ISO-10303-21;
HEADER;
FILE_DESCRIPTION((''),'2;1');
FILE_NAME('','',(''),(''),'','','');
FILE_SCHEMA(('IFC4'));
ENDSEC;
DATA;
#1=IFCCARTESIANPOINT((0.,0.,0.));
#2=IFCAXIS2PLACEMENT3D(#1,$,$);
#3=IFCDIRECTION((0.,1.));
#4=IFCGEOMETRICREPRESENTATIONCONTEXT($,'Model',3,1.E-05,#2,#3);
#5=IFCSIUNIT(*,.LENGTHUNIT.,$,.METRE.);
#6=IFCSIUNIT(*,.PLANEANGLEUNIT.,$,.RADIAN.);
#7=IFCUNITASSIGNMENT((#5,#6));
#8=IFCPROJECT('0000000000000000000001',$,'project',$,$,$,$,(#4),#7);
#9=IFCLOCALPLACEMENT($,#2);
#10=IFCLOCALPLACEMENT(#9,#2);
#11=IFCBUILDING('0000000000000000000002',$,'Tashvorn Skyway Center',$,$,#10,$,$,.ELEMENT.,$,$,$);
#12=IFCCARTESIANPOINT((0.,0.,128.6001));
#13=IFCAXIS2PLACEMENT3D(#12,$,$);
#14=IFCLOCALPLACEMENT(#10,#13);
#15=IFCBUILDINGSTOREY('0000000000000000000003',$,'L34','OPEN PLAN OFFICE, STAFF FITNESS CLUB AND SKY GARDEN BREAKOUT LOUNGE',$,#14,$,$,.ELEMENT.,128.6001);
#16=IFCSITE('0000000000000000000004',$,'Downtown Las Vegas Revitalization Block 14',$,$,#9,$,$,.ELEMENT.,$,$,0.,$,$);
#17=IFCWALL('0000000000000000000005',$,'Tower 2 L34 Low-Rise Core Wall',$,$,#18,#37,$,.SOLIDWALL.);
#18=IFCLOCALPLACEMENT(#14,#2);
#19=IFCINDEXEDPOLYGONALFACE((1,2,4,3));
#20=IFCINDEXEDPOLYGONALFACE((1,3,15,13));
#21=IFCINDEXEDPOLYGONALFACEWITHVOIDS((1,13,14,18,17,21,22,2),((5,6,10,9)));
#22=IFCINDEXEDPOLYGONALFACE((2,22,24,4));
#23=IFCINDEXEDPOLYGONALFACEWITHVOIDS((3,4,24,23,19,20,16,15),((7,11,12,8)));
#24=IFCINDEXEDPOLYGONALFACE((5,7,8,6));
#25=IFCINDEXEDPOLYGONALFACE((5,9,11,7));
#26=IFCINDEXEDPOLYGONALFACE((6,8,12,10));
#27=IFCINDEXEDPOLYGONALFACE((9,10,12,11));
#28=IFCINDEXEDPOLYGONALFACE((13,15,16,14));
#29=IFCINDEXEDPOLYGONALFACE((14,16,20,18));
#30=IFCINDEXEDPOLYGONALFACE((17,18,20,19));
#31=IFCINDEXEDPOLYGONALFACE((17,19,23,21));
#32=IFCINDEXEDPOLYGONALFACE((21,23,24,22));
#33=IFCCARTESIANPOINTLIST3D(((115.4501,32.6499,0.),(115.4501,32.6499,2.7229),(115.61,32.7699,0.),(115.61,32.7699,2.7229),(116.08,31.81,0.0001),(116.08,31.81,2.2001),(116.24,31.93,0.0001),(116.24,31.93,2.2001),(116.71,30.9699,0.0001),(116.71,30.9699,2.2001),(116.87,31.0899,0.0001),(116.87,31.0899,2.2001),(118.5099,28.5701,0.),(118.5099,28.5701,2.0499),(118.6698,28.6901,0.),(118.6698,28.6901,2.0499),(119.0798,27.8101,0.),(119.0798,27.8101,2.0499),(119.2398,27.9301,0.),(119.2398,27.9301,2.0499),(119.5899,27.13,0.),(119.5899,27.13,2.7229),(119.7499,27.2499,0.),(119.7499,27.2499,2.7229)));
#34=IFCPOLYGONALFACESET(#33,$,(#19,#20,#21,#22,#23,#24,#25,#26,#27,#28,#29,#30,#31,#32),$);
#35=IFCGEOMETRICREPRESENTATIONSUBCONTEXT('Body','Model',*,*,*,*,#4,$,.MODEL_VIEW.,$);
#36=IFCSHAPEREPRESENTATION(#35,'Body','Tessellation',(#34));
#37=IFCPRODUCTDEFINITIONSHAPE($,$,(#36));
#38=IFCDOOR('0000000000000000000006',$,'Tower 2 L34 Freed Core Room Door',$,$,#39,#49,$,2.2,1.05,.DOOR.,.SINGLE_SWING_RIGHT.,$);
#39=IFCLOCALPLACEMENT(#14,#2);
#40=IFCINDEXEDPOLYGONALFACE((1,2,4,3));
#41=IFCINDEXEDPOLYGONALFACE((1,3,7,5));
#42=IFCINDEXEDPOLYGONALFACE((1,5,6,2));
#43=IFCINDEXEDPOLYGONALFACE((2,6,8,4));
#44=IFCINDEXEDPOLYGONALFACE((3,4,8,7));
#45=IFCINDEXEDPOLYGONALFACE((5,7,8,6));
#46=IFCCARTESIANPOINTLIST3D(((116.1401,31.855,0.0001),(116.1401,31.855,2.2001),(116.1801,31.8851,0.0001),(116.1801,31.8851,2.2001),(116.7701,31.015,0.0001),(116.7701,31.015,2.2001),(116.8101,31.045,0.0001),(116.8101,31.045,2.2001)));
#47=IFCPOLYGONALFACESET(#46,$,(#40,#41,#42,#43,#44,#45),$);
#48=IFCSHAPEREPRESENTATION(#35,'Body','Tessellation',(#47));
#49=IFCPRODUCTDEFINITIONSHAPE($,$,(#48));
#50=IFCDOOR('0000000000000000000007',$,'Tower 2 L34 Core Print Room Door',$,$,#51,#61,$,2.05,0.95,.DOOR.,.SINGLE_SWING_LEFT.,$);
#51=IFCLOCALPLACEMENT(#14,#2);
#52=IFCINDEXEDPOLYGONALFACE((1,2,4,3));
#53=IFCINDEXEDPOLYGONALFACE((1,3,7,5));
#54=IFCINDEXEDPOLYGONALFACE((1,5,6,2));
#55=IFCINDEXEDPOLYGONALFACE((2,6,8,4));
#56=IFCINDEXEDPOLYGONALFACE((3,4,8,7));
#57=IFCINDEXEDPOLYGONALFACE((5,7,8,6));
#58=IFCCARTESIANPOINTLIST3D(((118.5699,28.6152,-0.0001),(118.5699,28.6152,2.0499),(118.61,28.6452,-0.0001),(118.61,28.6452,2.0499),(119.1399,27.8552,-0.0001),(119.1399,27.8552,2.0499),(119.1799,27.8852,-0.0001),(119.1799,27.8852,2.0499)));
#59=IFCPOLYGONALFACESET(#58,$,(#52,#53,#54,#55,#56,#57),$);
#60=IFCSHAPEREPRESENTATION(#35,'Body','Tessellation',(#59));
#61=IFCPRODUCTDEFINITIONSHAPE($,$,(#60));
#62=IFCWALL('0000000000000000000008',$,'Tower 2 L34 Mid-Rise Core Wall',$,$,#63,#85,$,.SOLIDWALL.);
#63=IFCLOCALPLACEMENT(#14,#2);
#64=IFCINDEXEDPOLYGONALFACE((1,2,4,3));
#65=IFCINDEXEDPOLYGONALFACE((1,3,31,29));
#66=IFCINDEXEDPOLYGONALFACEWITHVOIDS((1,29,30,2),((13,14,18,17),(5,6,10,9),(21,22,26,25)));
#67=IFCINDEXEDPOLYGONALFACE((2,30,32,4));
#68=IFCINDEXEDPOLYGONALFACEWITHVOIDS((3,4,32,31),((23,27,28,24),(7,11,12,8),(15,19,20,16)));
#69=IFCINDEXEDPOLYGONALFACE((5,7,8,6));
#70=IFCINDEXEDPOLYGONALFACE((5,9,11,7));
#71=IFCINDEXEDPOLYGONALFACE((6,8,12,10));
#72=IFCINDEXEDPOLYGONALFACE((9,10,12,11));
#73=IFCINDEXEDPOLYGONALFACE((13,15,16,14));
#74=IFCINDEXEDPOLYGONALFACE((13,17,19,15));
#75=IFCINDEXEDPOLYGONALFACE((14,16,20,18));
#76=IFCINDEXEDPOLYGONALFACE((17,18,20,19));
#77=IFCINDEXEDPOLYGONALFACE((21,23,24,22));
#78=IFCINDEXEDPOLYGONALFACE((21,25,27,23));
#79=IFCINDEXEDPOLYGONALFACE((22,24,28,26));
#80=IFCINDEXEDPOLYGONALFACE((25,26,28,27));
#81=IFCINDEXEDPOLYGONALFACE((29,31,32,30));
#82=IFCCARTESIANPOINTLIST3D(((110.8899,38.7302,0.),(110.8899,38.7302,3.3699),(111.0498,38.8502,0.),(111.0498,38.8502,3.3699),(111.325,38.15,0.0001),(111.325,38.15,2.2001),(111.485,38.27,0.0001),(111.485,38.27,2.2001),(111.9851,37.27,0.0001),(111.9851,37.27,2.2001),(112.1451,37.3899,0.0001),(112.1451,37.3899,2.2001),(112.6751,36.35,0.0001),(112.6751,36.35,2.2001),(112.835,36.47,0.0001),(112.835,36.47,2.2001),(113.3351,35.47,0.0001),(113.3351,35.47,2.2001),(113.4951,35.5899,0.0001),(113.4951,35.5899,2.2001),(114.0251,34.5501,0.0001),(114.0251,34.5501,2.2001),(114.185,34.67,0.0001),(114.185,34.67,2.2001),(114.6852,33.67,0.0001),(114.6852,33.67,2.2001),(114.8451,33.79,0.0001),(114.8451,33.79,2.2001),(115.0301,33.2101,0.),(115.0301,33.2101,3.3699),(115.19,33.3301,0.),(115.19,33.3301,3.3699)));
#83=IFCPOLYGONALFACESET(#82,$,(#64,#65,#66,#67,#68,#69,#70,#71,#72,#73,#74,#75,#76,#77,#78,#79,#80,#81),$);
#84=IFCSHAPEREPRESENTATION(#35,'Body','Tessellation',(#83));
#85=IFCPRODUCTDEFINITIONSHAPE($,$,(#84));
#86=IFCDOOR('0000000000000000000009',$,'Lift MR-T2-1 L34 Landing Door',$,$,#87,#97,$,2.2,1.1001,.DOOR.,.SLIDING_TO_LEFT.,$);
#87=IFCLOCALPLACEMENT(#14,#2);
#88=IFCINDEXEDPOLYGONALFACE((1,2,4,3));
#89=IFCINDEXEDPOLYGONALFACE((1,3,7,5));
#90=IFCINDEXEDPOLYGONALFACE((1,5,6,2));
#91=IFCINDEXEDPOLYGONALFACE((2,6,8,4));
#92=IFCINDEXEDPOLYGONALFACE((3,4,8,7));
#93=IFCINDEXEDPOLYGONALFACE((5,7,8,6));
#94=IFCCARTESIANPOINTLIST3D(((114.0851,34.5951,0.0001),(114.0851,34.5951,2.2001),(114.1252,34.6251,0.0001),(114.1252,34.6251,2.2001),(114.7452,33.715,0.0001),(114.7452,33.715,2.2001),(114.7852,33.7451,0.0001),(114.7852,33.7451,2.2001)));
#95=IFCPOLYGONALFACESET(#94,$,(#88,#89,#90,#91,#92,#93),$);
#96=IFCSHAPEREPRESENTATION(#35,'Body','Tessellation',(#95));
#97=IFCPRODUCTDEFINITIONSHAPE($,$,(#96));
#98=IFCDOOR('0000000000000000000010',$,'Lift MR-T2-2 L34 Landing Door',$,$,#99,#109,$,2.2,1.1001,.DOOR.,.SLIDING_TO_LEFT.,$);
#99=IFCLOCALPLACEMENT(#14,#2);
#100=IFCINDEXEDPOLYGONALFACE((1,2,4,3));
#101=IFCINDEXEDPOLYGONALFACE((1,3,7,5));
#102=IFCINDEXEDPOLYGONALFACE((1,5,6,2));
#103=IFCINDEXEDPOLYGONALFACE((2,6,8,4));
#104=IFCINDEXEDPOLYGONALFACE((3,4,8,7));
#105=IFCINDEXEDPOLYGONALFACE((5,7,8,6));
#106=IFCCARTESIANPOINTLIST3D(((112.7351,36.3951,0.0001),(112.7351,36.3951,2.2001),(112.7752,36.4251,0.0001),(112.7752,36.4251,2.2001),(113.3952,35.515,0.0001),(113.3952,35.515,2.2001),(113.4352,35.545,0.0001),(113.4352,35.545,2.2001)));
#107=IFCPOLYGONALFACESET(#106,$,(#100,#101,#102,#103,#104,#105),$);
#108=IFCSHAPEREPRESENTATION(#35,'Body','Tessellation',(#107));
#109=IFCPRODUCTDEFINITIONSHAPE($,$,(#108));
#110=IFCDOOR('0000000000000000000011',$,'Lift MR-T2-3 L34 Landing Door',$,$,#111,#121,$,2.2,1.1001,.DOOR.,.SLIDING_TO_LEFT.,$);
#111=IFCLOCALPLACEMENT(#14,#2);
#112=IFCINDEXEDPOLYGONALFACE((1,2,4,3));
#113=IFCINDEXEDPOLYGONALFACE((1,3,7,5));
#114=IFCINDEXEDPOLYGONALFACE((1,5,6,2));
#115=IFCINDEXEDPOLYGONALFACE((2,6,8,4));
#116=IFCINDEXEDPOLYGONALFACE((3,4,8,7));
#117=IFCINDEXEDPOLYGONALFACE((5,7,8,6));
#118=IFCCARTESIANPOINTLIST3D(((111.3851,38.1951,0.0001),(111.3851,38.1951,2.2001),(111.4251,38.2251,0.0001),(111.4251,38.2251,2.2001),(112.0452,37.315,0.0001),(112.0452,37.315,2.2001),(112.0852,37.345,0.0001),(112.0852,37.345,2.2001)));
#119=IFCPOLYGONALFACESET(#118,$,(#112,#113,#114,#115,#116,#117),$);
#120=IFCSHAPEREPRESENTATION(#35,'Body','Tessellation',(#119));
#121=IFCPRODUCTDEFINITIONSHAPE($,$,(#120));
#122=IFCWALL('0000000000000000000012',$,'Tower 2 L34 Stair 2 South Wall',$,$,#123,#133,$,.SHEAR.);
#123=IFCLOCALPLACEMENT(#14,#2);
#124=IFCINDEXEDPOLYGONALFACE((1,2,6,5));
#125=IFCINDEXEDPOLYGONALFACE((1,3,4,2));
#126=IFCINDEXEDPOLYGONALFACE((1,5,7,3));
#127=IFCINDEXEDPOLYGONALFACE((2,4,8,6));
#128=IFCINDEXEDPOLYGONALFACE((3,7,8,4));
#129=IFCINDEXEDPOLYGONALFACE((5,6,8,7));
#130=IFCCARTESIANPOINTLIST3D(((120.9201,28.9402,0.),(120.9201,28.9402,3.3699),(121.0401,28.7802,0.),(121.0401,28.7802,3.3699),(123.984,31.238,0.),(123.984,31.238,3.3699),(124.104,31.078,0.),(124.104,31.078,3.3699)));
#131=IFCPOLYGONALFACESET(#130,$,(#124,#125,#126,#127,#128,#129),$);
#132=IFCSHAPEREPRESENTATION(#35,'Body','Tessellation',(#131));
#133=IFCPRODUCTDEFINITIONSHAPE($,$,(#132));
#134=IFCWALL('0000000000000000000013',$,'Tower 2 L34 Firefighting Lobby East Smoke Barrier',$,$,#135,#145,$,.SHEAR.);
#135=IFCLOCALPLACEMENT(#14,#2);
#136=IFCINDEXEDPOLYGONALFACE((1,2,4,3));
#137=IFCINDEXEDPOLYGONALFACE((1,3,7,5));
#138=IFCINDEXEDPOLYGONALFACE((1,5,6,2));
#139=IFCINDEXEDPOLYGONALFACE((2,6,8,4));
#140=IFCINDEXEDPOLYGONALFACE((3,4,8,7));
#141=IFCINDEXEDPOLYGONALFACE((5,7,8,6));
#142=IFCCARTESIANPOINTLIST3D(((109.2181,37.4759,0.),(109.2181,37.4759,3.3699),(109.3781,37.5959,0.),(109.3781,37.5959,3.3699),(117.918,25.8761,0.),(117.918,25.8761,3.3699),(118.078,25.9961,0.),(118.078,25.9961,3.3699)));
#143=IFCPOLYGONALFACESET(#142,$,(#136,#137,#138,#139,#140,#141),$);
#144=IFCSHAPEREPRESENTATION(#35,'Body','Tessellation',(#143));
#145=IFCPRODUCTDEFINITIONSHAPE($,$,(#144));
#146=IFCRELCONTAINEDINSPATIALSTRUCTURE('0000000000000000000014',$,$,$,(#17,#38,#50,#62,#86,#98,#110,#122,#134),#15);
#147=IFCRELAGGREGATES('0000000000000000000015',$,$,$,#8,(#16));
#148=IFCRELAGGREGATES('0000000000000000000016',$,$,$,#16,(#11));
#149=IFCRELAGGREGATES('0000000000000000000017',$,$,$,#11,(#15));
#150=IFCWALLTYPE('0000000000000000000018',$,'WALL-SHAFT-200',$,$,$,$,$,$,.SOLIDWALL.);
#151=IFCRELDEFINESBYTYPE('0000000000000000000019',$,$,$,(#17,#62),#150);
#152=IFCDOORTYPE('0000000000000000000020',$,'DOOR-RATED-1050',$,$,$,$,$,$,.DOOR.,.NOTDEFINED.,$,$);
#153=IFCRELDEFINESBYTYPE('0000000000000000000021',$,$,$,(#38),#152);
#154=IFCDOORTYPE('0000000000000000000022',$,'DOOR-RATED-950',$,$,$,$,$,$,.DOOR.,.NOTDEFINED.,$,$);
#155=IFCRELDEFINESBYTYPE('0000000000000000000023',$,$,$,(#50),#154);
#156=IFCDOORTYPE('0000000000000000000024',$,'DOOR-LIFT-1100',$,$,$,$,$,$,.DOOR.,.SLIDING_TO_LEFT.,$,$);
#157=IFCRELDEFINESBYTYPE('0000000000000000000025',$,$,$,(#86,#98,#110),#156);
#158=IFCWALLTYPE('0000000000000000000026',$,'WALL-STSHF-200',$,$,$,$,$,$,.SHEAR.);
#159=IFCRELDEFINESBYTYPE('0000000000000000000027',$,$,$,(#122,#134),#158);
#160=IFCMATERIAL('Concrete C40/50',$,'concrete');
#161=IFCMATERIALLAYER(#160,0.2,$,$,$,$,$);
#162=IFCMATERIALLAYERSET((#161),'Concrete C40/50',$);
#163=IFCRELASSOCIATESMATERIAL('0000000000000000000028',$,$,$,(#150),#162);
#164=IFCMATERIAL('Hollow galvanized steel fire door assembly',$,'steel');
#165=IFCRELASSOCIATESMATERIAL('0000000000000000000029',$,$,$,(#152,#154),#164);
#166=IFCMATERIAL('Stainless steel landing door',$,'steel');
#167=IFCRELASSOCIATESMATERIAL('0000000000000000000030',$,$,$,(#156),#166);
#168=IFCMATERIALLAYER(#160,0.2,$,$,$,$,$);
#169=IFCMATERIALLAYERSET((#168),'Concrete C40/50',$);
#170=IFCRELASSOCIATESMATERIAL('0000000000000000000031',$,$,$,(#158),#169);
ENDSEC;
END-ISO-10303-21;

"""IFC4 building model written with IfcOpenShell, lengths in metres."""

from ifc_helpers import new_model, si_unit, direction, frame, frame_2d, origin, place, context, subcontext, project, spatial, rectangle, extrude, material, layer, layer_set, type_object, element, fill, save


model = new_model("IFC4")

# Units and contexts
model_context = context("Model", 3, precision=1e-05, world=origin(), true_north=direction((0.0, 1.0)))
body_context = subcontext(model_context, "Body", "Model", "MODEL_VIEW")
ifc_project = project(units=[si_unit("LENGTHUNIT", "METRE"), si_unit("PLANEANGLEUNIT", "RADIAN")], contexts=[model_context])

# Site, building, storey
site_placement = place(None, origin())
site = spatial("IfcSite", under=ifc_project, at=site_placement, Name="Downtown Las Vegas Revitalization Block 14", CompositionType="ELEMENT", RefElevation=0.0)
building_placement = place(site_placement, origin())
building = spatial("IfcBuilding", under=site, at=building_placement, Name="Tashvorn Skyway Center", CompositionType="ELEMENT")
storey_placement = place(building_placement, frame((0.0, 0.0, 128.6001)))
storey = spatial("IfcBuildingStorey", under=building, at=storey_placement, Name="L34", Description="OPEN PLAN OFFICE, STAFF FITNESS CLUB AND SKY GARDEN BREAKOUT LOUNGE", CompositionType="ELEMENT", Elevation=128.6001)

# Shared definitions
ifc_material_1 = material(Name="Hollow galvanized steel fire door assembly", Category="steel")

# Walls, openings, doors
ifc_material_2 = material(Name="Concrete C40/50", Category="concrete")
ifc_layer_1 = layer(ifc_material_2, 0.2)
ifc_layer_set_1 = layer_set([ifc_layer_1], Name="Concrete C40/50")
wall_type_1 = type_object("IfcWallType", Name="WALL-SHAFT-200", PredefinedType="SOLIDWALL", material=ifc_layer_set_1)
wall_1_placement = place(storey_placement, frame((119.6699, 27.1899, 0.0), z_axis=(0.0, 0.0, 1.0), x_axis=(-0.599989, 0.800008, 0.0)))
wall_1 = element("IfcWall", 1, at=wall_1_placement, inside=storey, type_object=wall_type_1, Name="Tower 2 L34 Low-Rise Core Wall", PredefinedType="SOLIDWALL", context=body_context, shape_type="SweptSolid", body=[
    extrude(rectangle(XDim=6.8999, YDim=0.2, at=frame_2d((3.45, 0.0))), origin(), (0.0, 0.0, 1.0), 2.7229),
])
opening_1_placement = place(wall_1_placement, frame((0.8501, 0.0, 0.0)))
opening_1 = element("IfcOpeningElement", 2, at=opening_1_placement, cuts=wall_1, PredefinedType="OPENING", context=body_context, shape_type="SweptSolid", body=[
    extrude(rectangle(XDim=0.95, YDim=2.05, at=frame_2d((0.4751, 1.0249))), frame((0.0, 0.1099, 0.0), z_axis=(0.0, -1.0, 0.0), x_axis=(1.0, 0.0, 0.0)), (0.0, 0.0, 1.0), 0.22),
])
opening_2_placement = place(wall_1_placement, frame((4.8, 0.0, 0.0)))
opening_2 = element("IfcOpeningElement", 3, at=opening_2_placement, cuts=wall_1, PredefinedType="OPENING", context=body_context, shape_type="SweptSolid", body=[
    extrude(rectangle(XDim=1.05, YDim=2.2, at=frame_2d((0.5249, 1.1001))), frame((0.0, 0.1099, 0.0), z_axis=(0.0, -1.0, 0.0), x_axis=(1.0, 0.0, 0.0)), (0.0, 0.0, 1.0), 0.22),
])
door_type_1 = type_object("IfcDoorType", Name="DOOR-RATED-1050", OperationType="NOTDEFINED", PredefinedType="DOOR", material=ifc_material_1)
door_1_placement = place(opening_2_placement, origin())
door_1 = element("IfcDoor", 4, at=door_1_placement, inside=storey, type_object=door_type_1, Name="Tower 2 L34 Freed Core Room Door", OperationType="SINGLE_SWING_RIGHT", OverallHeight=2.2, OverallWidth=1.05, PredefinedType="DOOR", context=body_context, shape_type="SweptSolid", body=[
    extrude(rectangle(XDim=1.05, YDim=2.2, at=frame_2d((0.5249, 1.1001))), frame((0.0, 0.0249, 0.0), z_axis=(0.0, -1.0, 0.0), x_axis=(1.0, 0.0, 0.0)), (0.0, 0.0, 1.0), 0.05),
])
fill(opening_2, door_1)
door_type_2 = type_object("IfcDoorType", Name="DOOR-RATED-950", OperationType="NOTDEFINED", PredefinedType="DOOR", material=ifc_material_1)
door_2_placement = place(opening_1_placement, origin())
door_2 = element("IfcDoor", 5, at=door_2_placement, inside=storey, type_object=door_type_2, Name="Tower 2 L34 Core Print Room Door", OperationType="SINGLE_SWING_LEFT", OverallHeight=2.05, OverallWidth=0.95, PredefinedType="DOOR", context=body_context, shape_type="SweptSolid", body=[
    extrude(rectangle(XDim=0.95, YDim=2.05, at=frame_2d((0.4751, 1.0249))), frame((0.0, 0.0249, 0.0), z_axis=(0.0, -1.0, 0.0), x_axis=(1.0, 0.0, 0.0)), (0.0, 0.0, 1.0), 0.05),
])
fill(opening_1, door_2)
wall_2_placement = place(storey_placement, frame((115.1101, 33.27, 0.0), z_axis=(0.0, 0.0, 1.0), x_axis=(-0.600011, 0.799992, 0.0)))
wall_2 = element("IfcWall", 6, at=wall_2_placement, inside=storey, type_object=wall_type_1, Name="Tower 2 L34 Mid-Rise Core Wall", PredefinedType="SOLIDWALL", context=body_context, shape_type="SweptSolid", body=[
    extrude(rectangle(XDim=6.9001, YDim=0.2, at=frame_2d((3.4502, 0.0))), origin(), (0.0, 0.0, 1.0), 3.3699),
])
opening_3_placement = place(wall_2_placement, frame((0.575, 0.0, 0.0)))
opening_3 = element("IfcOpeningElement", 7, at=opening_3_placement, cuts=wall_2, PredefinedType="OPENING", context=body_context, shape_type="SweptSolid", body=[
    extrude(rectangle(XDim=1.1001, YDim=2.2, at=frame_2d((0.55, 1.1001))), frame((0.0, 0.1099, 0.0), z_axis=(0.0, -1.0, 0.0), x_axis=(1.0, 0.0, 0.0)), (0.0, 0.0, 1.0), 0.22),
])
opening_4_placement = place(wall_2_placement, frame((2.825, 0.0, 0.0)))
opening_4 = element("IfcOpeningElement", 8, at=opening_4_placement, cuts=wall_2, PredefinedType="OPENING", context=body_context, shape_type="SweptSolid", body=[
    extrude(rectangle(XDim=1.1001, YDim=2.2, at=frame_2d((0.55, 1.1001))), frame((0.0, 0.1099, 0.0), z_axis=(0.0, -1.0, 0.0), x_axis=(1.0, 0.0, 0.0)), (0.0, 0.0, 1.0), 0.22),
])
opening_5_placement = place(wall_2_placement, frame((5.075, 0.0, 0.0)))
opening_5 = element("IfcOpeningElement", 9, at=opening_5_placement, cuts=wall_2, PredefinedType="OPENING", context=body_context, shape_type="SweptSolid", body=[
    extrude(rectangle(XDim=1.1001, YDim=2.2, at=frame_2d((0.55, 1.1001))), frame((0.0, 0.1099, 0.0), z_axis=(0.0, -1.0, 0.0), x_axis=(1.0, 0.0, 0.0)), (0.0, 0.0, 1.0), 0.22),
])
ifc_material_3 = material(Name="Stainless steel landing door", Category="steel")
door_type_3 = type_object("IfcDoorType", Name="DOOR-LIFT-1100", OperationType="SLIDING_TO_LEFT", PredefinedType="DOOR", material=ifc_material_3)
door_3_placement = place(opening_3_placement, origin())
door_3 = element("IfcDoor", 10, at=door_3_placement, inside=storey, type_object=door_type_3, Name="Lift MR-T2-1 L34 Landing Door", OperationType="SLIDING_TO_LEFT", OverallHeight=2.2, OverallWidth=1.1001, PredefinedType="DOOR", context=body_context, shape_type="SweptSolid", body=[
    extrude(rectangle(XDim=1.1001, YDim=2.2, at=frame_2d((0.55, 1.1001))), frame((0.0, 0.0249, 0.0), z_axis=(0.0, -1.0, 0.0), x_axis=(1.0, 0.0, 0.0)), (0.0, 0.0, 1.0), 0.05),
])
fill(opening_3, door_3)
door_4_placement = place(opening_4_placement, origin())
door_4 = element("IfcDoor", 11, at=door_4_placement, inside=storey, type_object=door_type_3, Name="Lift MR-T2-2 L34 Landing Door", OperationType="SLIDING_TO_LEFT", OverallHeight=2.2, OverallWidth=1.1001, PredefinedType="DOOR", context=body_context, shape_type="SweptSolid", body=[
    extrude(rectangle(XDim=1.1001, YDim=2.2, at=frame_2d((0.55, 1.1001))), frame((0.0, 0.0249, 0.0), z_axis=(0.0, -1.0, 0.0), x_axis=(1.0, 0.0, 0.0)), (0.0, 0.0, 1.0), 0.05),
])
fill(opening_4, door_4)
door_5_placement = place(opening_5_placement, origin())
door_5 = element("IfcDoor", 12, at=door_5_placement, inside=storey, type_object=door_type_3, Name="Lift MR-T2-3 L34 Landing Door", OperationType="SLIDING_TO_LEFT", OverallHeight=2.2, OverallWidth=1.1001, PredefinedType="DOOR", context=body_context, shape_type="SweptSolid", body=[
    extrude(rectangle(XDim=1.1001, YDim=2.2, at=frame_2d((0.55, 1.1001))), frame((0.0, 0.0249, 0.0), z_axis=(0.0, -1.0, 0.0), x_axis=(1.0, 0.0, 0.0)), (0.0, 0.0, 1.0), 0.05),
])
fill(opening_5, door_5)

# Walls
ifc_layer_2 = layer(ifc_material_2, 0.2)
ifc_layer_set_2 = layer_set([ifc_layer_2], Name="Concrete C40/50")
wall_type_2 = type_object("IfcWallType", Name="WALL-STSHF-200", PredefinedType="SHEAR", material=ifc_layer_set_2)
wall_3_placement = place(storey_placement, frame((120.98, 28.8601, 0.0), z_axis=(0.0, 0.0, 1.0), x_axis=(0.800015, 0.59998, 0.0)))
element("IfcWall", 13, at=wall_3_placement, inside=storey, type_object=wall_type_2, Name="Tower 2 L34 Stair 2 South Wall", PredefinedType="SHEAR", context=body_context, shape_type="SweptSolid", body=[
    extrude(rectangle(XDim=3.8298, YDim=0.2, at=frame_2d((1.915, 0.0))), origin(), (0.0, 0.0, 1.0), 3.3699),
])
wall_4_placement = place(storey_placement, frame((117.998, 25.936, 0.0), z_axis=(0.0, 0.0, 1.0), x_axis=(-0.600003, 0.799998, 0.0)))
element("IfcWall", 14, at=wall_4_placement, inside=storey, type_object=wall_type_2, Name="Tower 2 L34 Firefighting Lobby East Smoke Barrier", PredefinedType="SHEAR", context=body_context, shape_type="SweptSolid", body=[
    extrude(rectangle(XDim=14.4998, YDim=0.2, at=frame_2d((7.25, 0.0))), origin(), (0.0, 0.0, 1.0), 3.3699),
])

save(model, "model.ifc")
